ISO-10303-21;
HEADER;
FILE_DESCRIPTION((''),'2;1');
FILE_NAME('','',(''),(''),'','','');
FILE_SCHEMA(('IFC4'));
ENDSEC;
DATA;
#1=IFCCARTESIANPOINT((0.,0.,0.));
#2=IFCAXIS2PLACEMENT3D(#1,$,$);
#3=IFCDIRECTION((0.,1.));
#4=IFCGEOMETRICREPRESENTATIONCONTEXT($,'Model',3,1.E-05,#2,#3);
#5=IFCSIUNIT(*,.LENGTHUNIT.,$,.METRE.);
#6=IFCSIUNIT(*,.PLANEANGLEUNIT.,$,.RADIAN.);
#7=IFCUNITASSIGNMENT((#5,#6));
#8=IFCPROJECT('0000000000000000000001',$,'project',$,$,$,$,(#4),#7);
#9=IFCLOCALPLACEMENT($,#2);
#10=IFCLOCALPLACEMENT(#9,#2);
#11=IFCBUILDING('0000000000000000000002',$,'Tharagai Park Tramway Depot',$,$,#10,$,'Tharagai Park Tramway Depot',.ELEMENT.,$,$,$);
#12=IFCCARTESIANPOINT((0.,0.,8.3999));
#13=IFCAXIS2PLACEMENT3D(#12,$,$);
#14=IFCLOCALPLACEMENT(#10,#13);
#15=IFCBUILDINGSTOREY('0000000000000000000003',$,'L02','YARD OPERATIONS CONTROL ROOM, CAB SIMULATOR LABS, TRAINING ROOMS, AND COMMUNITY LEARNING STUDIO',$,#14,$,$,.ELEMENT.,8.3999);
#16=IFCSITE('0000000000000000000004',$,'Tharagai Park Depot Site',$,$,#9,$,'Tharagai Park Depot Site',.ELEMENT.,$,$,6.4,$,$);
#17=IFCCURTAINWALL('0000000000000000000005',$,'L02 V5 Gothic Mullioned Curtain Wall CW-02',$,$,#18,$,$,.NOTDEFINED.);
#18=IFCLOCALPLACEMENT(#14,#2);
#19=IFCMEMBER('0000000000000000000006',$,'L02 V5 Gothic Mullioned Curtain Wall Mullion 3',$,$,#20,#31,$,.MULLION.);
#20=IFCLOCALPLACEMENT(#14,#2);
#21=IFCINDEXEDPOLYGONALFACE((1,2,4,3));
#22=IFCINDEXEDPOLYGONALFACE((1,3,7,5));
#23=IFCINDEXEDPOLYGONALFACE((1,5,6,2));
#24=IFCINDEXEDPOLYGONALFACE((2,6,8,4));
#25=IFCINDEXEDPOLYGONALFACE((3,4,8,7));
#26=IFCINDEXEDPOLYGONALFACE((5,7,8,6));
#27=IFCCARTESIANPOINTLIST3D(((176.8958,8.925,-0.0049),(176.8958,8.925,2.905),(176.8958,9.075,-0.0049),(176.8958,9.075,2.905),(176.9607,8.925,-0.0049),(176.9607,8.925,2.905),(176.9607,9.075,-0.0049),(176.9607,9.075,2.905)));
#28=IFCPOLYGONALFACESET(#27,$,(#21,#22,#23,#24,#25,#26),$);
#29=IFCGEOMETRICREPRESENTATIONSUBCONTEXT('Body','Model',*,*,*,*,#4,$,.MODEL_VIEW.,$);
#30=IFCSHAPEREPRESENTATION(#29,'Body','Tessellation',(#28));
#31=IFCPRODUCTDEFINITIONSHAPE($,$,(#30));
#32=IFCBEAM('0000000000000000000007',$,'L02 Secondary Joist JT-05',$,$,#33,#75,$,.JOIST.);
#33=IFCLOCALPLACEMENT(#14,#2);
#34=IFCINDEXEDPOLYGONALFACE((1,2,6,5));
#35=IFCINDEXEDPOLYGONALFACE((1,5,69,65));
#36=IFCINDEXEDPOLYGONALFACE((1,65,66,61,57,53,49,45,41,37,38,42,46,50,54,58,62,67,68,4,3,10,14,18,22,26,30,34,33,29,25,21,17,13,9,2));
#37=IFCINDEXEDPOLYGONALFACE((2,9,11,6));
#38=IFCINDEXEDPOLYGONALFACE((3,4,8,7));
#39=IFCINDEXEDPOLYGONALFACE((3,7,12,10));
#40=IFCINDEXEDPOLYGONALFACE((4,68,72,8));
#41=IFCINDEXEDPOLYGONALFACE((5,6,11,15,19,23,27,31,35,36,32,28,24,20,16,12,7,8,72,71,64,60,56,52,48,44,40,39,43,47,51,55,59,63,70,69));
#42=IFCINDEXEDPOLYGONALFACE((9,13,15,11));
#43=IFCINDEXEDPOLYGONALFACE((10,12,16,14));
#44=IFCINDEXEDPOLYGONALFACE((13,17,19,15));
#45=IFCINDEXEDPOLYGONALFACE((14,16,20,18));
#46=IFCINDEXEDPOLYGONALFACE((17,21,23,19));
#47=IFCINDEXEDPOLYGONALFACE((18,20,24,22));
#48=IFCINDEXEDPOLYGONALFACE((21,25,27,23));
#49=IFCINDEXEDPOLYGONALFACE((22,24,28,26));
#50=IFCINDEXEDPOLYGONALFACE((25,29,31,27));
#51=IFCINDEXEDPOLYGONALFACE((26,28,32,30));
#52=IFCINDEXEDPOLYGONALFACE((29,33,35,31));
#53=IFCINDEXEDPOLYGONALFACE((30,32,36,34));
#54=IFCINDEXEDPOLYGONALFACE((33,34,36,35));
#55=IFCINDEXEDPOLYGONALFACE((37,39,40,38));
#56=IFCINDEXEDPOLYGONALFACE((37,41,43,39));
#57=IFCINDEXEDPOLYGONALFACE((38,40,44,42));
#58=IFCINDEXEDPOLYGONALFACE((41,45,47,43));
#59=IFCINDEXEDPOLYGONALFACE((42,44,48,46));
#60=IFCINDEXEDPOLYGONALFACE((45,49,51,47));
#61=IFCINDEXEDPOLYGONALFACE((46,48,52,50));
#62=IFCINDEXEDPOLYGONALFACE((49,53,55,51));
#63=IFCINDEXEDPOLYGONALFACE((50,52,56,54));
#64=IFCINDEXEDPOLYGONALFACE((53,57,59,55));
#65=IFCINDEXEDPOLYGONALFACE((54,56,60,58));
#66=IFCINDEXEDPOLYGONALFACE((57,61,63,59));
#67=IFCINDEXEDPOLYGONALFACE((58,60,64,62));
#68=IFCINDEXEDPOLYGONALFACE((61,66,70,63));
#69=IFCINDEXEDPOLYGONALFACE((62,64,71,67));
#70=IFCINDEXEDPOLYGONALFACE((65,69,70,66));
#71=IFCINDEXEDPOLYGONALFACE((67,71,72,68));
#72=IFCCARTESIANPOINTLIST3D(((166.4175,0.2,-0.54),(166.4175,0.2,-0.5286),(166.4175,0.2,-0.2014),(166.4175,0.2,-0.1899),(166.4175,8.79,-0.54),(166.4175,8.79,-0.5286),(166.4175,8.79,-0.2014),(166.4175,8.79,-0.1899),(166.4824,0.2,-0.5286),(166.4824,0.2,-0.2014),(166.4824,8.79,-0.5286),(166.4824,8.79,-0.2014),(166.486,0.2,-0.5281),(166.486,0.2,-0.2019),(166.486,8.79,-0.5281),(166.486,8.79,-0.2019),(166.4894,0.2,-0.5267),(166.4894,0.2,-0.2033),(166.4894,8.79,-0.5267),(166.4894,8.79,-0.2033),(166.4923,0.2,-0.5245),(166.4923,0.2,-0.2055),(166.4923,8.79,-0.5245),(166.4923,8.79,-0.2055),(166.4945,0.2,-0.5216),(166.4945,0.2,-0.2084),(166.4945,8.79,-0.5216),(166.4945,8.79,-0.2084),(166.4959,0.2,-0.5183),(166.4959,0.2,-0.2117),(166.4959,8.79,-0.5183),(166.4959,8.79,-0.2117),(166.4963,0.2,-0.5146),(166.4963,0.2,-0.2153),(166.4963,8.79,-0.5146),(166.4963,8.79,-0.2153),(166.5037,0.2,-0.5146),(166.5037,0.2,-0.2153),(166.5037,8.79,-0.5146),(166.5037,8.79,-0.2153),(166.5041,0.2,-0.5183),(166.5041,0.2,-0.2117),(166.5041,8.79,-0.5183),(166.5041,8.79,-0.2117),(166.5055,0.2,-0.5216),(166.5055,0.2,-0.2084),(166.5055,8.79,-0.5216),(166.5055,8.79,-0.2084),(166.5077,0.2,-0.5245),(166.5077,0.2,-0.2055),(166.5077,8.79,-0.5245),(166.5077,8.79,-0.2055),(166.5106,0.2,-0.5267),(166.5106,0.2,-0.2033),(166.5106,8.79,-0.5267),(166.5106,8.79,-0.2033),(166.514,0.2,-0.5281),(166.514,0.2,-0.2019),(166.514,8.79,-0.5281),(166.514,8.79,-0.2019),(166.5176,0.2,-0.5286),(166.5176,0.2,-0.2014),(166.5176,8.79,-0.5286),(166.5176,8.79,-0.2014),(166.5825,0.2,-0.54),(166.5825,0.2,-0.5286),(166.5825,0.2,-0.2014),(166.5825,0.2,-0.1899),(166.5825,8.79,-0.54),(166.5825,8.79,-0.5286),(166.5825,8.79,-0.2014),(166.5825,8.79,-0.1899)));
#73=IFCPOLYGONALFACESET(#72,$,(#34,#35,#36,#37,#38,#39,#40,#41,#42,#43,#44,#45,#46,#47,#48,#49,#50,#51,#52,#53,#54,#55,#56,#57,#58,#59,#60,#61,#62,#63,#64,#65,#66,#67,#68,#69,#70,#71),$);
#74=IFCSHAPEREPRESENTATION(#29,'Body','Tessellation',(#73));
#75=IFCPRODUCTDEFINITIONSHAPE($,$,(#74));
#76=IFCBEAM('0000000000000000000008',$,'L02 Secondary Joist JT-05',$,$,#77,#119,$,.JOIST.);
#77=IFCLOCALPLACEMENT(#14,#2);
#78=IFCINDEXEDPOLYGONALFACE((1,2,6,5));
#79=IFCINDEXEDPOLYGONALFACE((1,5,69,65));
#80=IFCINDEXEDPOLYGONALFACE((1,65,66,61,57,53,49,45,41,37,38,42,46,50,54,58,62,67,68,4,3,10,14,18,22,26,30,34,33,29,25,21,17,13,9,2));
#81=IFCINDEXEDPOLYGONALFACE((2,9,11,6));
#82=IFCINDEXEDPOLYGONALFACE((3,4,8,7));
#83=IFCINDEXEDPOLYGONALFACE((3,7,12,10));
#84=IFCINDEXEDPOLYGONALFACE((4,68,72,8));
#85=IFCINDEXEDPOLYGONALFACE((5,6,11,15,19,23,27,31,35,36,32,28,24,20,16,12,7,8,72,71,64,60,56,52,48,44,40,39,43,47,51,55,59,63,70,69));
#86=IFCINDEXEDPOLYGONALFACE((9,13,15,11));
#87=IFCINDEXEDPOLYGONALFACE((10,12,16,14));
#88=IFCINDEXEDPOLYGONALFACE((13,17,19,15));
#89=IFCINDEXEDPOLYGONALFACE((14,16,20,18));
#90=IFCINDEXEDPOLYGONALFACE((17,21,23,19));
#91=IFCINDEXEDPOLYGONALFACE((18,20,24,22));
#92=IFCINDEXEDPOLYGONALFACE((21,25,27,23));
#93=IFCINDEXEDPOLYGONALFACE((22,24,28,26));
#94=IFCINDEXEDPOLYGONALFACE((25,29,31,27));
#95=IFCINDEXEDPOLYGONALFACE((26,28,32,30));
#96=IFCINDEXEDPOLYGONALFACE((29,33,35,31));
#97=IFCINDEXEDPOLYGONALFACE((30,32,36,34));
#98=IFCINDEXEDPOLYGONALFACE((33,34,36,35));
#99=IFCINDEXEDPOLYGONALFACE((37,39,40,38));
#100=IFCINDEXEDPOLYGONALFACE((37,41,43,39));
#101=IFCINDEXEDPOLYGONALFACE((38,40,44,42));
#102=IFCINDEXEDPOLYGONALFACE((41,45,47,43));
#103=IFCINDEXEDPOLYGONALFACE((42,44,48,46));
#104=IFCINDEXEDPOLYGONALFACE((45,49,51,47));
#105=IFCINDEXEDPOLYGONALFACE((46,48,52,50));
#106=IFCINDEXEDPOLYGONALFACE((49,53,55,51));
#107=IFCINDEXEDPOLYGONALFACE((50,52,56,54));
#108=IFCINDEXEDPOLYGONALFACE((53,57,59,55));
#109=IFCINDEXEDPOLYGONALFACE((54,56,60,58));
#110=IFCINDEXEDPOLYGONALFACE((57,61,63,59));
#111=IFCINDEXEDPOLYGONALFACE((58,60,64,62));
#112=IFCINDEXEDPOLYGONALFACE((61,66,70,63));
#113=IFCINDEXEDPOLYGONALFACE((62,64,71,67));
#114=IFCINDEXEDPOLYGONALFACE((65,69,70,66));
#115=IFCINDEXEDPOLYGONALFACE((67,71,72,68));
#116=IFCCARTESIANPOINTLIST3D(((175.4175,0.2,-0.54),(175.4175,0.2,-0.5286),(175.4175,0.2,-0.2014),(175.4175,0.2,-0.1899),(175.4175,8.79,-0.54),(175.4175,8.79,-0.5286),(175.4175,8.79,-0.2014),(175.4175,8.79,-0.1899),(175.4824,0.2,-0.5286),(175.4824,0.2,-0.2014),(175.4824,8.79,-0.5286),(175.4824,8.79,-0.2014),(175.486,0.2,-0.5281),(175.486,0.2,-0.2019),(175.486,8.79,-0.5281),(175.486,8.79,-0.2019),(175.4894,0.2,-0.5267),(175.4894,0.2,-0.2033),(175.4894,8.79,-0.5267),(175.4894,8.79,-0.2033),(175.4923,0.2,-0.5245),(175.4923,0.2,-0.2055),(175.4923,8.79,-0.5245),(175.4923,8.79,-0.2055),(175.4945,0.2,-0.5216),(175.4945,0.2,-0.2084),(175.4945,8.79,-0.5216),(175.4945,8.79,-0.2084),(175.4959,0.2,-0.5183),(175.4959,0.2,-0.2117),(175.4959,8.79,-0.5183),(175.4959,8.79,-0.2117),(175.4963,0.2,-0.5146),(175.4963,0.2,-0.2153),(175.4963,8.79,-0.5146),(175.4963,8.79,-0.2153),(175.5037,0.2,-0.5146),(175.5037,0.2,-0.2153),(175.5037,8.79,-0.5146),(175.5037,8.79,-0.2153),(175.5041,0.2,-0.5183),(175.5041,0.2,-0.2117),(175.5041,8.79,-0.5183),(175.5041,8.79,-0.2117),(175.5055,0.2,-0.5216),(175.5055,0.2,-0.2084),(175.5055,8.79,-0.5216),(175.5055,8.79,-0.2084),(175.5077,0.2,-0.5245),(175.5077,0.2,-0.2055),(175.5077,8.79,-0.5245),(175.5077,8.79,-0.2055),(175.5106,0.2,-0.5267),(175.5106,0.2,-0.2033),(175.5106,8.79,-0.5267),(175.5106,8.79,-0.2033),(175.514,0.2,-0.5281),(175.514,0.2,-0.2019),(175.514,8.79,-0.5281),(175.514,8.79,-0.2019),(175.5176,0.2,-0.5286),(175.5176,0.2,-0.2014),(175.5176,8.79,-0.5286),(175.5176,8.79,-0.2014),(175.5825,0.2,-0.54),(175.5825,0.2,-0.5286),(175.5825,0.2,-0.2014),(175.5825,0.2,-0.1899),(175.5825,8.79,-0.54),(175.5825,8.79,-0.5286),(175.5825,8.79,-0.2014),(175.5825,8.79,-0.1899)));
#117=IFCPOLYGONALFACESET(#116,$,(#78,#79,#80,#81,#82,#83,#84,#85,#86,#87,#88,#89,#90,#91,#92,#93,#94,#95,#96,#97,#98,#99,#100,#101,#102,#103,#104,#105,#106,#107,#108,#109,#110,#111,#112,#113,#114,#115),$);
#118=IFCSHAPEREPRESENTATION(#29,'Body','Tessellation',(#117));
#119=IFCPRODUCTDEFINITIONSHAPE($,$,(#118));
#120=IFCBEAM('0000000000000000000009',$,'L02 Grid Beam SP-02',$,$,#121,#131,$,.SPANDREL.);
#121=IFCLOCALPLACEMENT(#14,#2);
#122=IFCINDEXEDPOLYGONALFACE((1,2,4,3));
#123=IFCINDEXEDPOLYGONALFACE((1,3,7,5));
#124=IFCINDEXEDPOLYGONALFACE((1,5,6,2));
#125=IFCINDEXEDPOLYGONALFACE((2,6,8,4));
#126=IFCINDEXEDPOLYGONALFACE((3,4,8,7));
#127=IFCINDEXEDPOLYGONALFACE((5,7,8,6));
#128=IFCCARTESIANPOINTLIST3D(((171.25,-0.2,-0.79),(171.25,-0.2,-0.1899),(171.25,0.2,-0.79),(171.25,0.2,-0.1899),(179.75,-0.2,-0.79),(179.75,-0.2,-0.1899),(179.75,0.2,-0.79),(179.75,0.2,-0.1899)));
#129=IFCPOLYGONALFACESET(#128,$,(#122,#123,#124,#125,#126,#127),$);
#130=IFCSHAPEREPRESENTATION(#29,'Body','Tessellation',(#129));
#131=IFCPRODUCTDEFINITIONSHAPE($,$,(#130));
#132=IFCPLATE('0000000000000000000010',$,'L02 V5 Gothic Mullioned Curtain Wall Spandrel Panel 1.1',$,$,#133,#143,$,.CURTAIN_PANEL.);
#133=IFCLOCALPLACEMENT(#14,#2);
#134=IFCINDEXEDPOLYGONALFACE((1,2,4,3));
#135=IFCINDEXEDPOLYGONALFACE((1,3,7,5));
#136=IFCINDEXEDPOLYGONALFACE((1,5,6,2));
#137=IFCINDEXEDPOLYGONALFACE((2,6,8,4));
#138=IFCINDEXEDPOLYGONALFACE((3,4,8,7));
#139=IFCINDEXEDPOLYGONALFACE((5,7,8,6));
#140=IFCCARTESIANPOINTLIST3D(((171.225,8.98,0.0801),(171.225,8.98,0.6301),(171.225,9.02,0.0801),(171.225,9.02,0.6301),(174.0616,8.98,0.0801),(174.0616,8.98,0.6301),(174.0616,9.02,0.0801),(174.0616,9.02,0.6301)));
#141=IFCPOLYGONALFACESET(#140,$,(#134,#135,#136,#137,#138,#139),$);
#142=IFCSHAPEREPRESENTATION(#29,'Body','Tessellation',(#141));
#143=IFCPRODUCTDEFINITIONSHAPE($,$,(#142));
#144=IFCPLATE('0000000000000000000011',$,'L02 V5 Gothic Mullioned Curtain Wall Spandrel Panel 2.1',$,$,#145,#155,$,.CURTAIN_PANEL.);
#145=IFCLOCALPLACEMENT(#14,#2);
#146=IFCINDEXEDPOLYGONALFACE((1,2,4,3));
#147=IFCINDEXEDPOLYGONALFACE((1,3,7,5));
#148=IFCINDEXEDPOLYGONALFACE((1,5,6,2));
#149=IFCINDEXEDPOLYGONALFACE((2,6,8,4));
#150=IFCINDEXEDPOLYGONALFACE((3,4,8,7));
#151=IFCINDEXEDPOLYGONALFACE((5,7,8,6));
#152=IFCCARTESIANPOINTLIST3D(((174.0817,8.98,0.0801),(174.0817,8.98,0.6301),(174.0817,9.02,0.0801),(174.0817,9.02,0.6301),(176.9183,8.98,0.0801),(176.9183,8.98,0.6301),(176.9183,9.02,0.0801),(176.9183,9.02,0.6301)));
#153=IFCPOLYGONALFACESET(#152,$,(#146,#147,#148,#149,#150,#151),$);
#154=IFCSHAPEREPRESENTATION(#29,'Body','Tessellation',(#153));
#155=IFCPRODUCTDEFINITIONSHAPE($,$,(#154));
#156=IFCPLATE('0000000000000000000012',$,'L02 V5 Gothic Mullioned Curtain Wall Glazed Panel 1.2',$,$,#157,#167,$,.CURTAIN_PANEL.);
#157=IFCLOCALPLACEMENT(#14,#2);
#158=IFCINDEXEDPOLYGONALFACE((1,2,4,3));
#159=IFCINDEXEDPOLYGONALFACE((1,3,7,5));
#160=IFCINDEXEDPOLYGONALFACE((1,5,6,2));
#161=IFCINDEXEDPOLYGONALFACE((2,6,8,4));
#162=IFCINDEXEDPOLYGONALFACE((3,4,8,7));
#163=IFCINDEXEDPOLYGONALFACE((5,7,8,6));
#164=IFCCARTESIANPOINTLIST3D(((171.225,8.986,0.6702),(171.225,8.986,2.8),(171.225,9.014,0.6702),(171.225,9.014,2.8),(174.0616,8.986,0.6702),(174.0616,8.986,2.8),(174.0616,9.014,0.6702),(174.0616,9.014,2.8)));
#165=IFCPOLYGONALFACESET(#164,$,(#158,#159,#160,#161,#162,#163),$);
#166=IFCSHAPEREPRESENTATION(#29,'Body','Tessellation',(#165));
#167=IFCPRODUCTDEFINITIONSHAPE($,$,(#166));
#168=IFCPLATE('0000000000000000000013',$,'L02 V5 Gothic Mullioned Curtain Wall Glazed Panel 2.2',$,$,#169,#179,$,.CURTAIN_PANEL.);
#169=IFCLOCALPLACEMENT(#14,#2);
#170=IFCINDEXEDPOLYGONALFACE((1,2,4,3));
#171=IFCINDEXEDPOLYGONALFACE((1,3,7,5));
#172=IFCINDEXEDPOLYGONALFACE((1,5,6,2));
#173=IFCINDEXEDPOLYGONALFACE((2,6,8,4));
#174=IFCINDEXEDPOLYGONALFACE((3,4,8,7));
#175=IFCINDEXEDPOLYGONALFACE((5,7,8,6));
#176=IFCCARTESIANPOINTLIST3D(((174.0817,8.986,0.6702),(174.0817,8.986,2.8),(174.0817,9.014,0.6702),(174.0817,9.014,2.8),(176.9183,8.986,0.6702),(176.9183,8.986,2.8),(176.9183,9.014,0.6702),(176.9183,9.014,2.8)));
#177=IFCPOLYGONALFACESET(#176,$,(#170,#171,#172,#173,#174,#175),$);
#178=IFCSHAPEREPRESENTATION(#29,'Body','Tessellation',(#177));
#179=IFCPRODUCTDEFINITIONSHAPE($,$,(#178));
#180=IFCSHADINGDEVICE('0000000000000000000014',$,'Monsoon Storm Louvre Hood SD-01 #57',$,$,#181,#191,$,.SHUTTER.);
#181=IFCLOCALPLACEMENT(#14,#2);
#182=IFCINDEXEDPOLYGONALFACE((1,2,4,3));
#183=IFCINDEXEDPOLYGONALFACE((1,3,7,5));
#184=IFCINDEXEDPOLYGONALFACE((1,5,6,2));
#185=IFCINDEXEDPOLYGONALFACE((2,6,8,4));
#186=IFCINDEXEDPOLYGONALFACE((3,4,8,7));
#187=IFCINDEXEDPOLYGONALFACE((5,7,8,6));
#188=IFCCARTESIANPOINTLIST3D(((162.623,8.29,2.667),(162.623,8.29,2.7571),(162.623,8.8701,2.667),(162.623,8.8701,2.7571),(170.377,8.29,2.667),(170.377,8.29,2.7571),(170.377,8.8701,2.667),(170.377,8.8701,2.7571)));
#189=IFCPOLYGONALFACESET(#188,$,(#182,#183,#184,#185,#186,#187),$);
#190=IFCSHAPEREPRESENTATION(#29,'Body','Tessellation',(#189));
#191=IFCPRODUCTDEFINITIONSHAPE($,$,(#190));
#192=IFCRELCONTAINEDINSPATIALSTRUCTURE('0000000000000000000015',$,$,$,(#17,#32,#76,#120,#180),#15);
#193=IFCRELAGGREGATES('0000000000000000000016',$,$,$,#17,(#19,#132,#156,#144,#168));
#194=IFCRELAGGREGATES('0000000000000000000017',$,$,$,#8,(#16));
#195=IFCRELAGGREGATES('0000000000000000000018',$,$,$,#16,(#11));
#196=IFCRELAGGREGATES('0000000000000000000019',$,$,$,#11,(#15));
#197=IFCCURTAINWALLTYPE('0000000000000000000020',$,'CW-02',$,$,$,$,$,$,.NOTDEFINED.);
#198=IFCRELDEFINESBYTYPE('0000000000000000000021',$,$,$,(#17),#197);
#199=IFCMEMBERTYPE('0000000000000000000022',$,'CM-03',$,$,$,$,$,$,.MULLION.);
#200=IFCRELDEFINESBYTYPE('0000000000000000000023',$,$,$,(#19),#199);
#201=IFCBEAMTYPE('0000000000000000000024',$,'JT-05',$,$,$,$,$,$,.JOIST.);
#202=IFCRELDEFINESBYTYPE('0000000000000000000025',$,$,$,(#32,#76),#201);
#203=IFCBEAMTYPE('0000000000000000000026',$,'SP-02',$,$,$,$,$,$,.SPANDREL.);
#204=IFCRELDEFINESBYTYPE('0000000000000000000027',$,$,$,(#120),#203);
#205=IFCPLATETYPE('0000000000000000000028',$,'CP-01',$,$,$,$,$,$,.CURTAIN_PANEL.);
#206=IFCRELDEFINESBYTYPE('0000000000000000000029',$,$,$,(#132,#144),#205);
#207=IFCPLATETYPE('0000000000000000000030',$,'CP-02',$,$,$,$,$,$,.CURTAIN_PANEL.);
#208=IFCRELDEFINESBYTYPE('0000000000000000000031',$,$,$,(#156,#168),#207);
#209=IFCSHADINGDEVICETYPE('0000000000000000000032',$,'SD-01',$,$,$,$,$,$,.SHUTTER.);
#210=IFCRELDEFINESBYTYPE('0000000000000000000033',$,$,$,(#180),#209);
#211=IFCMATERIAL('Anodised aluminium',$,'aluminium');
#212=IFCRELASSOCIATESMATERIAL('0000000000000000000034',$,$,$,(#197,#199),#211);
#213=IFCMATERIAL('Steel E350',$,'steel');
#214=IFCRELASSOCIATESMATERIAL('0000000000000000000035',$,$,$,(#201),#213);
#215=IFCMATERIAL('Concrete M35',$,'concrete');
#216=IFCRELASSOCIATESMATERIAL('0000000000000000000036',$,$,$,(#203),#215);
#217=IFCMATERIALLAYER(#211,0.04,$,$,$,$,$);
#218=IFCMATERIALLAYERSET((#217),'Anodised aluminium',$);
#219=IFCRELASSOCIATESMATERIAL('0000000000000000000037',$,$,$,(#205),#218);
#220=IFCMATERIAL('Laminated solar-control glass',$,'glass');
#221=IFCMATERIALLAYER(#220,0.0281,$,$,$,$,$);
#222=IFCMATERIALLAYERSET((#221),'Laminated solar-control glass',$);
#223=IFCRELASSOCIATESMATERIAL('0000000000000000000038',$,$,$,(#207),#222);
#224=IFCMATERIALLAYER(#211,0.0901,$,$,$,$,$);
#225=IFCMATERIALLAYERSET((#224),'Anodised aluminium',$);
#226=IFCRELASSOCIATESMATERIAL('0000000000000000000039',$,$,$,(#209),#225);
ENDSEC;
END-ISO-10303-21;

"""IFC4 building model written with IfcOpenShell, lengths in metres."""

from ifc_helpers import new_model, si_unit, direction, frame, origin, origin_2d, place, context, subcontext, project, spatial, rectangle, i_section, extrude, material, layer, layer_set, material_profile, profile_set, type_object, element, aggregate, save


model = new_model("IFC4")

# Units and contexts
model_context = context("Model", 3, precision=1e-05, world=origin(), true_north=direction((0.0, 1.0)))
body_context = subcontext(model_context, "Body", "Model", "MODEL_VIEW")
ifc_project = project(units=[si_unit("LENGTHUNIT", "METRE"), si_unit("PLANEANGLEUNIT", "RADIAN")], contexts=[model_context])

# Site, building, storey
site_placement = place(None, origin())
site = spatial("IfcSite", under=ifc_project, at=site_placement, Name="Tharagai Park Depot Site", LongName="Tharagai Park Depot Site", CompositionType="ELEMENT", RefElevation=6.4)
building_placement = place(site_placement, origin())
building = spatial("IfcBuilding", under=site, at=building_placement, Name="Tharagai Park Tramway Depot", LongName="Tharagai Park Tramway Depot", CompositionType="ELEMENT")
storey_placement = place(building_placement, frame((0.0, 0.0, 8.3999)))
storey = spatial("IfcBuildingStorey", under=building, at=storey_placement, Name="L02", Description="YARD OPERATIONS CONTROL ROOM, CAB SIMULATOR LABS, TRAINING ROOMS, AND COMMUNITY LEARNING STUDIO", CompositionType="ELEMENT", Elevation=8.3999)

# Shared definitions
ifc_material_1 = material(Name="Concrete M35", Category="concrete")

# Curtain wall, member
ifc_material_2 = material(Name="Anodised aluminium", Category="aluminium")
curtain_wall_type = type_object("IfcCurtainWallType", Name="CW-02", PredefinedType="NOTDEFINED", material=ifc_material_2)
curtain_wall_placement = place(storey_placement, origin())
curtain_wall = element("IfcCurtainWall", 1, at=curtain_wall_placement, inside=storey, type_object=curtain_wall_type, Name="L02 V5 Gothic Mullioned Curtain Wall CW-02", PredefinedType="NOTDEFINED")
ifc_material_profile_1 = material_profile(ifc_material_2, rectangle(XDim=0.0649, YDim=0.1499, at=origin_2d()), Name="ALU 65x150")
ifc_profile_set_1 = profile_set([ifc_material_profile_1], Name="Anodised aluminium")
member_type_1 = type_object("IfcMemberType", Name="CM-03", PredefinedType="MULLION", material=ifc_profile_set_1)
member_1_placement = place(storey_placement, frame((176.9282, 9.0, -0.0049), z_axis=(0.0, 0.0, 1.0), x_axis=(1.0, 0.0, 0.0)))
member_1 = element("IfcMember", 2, at=member_1_placement, type_object=member_type_1, Name="L02 V5 Gothic Mullioned Curtain Wall Mullion 3", PredefinedType="MULLION", context=body_context, shape_type="SweptSolid", body=[
    extrude(rectangle(XDim=0.0649, YDim=0.1499, at=origin_2d()), origin(), (0.0, 0.0, 1.0), 2.9099),
])

# Beams
ifc_material_3 = material(Name="Steel E350", Category="steel")
ifc_material_profile_2 = material_profile(ifc_material_3, i_section(OverallWidth=0.165, OverallDepth=0.3501, WebThickness=0.0073, FlangeThickness=0.0115, FilletRadius=0.0139, at=origin_2d()), Name="ISLB 350")
ifc_profile_set_2 = profile_set([ifc_material_profile_2], Name="Steel E350")
beam_type_1 = type_object("IfcBeamType", Name="JT-05", PredefinedType="JOIST", material=ifc_profile_set_2)
for number, where, z_axis, x_axis, name in (
    (3, (166.5, 0.2, -0.365), (0.0, 1.0, 0.0), (-1.0, 0.0, 0.0), "L02 Secondary Joist JT-05"),
    (4, (175.5, 0.2, -0.365), (0.0, 1.0, 0.0), (-1.0, 0.0, 0.0), "L02 Secondary Joist JT-05"),
):
    element("IfcBeam", number, at=place(storey_placement, frame(where, z_axis=z_axis, x_axis=x_axis)), inside=storey, type_object=beam_type_1, Name=name, PredefinedType="JOIST", context=body_context, shape_type="SweptSolid", body=[
        extrude(i_section(OverallWidth=0.165, OverallDepth=0.3501, WebThickness=0.0073, FlangeThickness=0.0115, FilletRadius=0.0139, at=origin_2d()), origin(), (0.0, 0.0, 1.0), 8.5901),
    ])
ifc_material_profile_3 = material_profile(ifc_material_1, rectangle(XDim=0.3999, YDim=0.6001, at=origin_2d()), Name="RC 400x600")
ifc_profile_set_3 = profile_set([ifc_material_profile_3], Name="Concrete M35")
beam_type_2 = type_object("IfcBeamType", Name="SP-02", PredefinedType="SPANDREL", material=ifc_profile_set_3)
beam_1_placement = place(storey_placement, frame((171.25, 0.0, -0.49), z_axis=(1.0, 0.0, 0.0), x_axis=(0.0, 1.0, 0.0)))
element("IfcBeam", 5, at=beam_1_placement, inside=storey, type_object=beam_type_2, Name="L02 Grid Beam SP-02", PredefinedType="SPANDREL", context=body_context, shape_type="SweptSolid", body=[
    extrude(rectangle(XDim=0.3999, YDim=0.6001, at=origin_2d()), origin(), (0.0, 0.0, 1.0), 8.5),
])

# Plates
ifc_layer_1 = layer(ifc_material_2, 0.04)
ifc_layer_set_1 = layer_set([ifc_layer_1], Name="Anodised aluminium")
plate_type_1 = type_object("IfcPlateType", Name="CP-01", PredefinedType="CURTAIN_PANEL", material=ifc_layer_set_1)
plate_1_placement = place(storey_placement, frame((172.6433, 9.0, 0.0801), z_axis=(0.0, 0.0, 1.0), x_axis=(1.0, 0.0, 0.0)))
plate_1 = element("IfcPlate", 6, at=plate_1_placement, type_object=plate_type_1, Name="L02 V5 Gothic Mullioned Curtain Wall Spandrel Panel 1.1", PredefinedType="CURTAIN_PANEL", context=body_context, shape_type="SweptSolid", body=[
    extrude(rectangle(XDim=2.8367, YDim=0.04, at=origin_2d()), origin(), (0.0, 0.0, 1.0), 0.55),
])
plate_2_placement = place(storey_placement, frame((175.5, 9.0, 0.0801), z_axis=(0.0, 0.0, 1.0), x_axis=(1.0, 0.0, 0.0)))
plate_2 = element("IfcPlate", 7, at=plate_2_placement, type_object=plate_type_1, Name="L02 V5 Gothic Mullioned Curtain Wall Spandrel Panel 2.1", PredefinedType="CURTAIN_PANEL", context=body_context, shape_type="SweptSolid", body=[
    extrude(rectangle(XDim=2.8367, YDim=0.04, at=origin_2d()), origin(), (0.0, 0.0, 1.0), 0.55),
])
ifc_material_4 = material(Name="Laminated solar-control glass", Category="glass")
ifc_layer_2 = layer(ifc_material_4, 0.0281)
ifc_layer_set_2 = layer_set([ifc_layer_2], Name="Laminated solar-control glass")
plate_type_2 = type_object("IfcPlateType", Name="CP-02", PredefinedType="CURTAIN_PANEL", material=ifc_layer_set_2)
plate_3_placement = place(storey_placement, frame((172.6433, 9.0, 0.6702), z_axis=(0.0, 0.0, 1.0), x_axis=(1.0, 0.0, 0.0)))
plate_3 = element("IfcPlate", 8, at=plate_3_placement, type_object=plate_type_2, Name="L02 V5 Gothic Mullioned Curtain Wall Glazed Panel 1.2", PredefinedType="CURTAIN_PANEL", context=body_context, shape_type="SweptSolid", body=[
    extrude(rectangle(XDim=2.8367, YDim=0.0281, at=origin_2d()), origin(), (0.0, 0.0, 1.0), 2.1299),
])
plate_4_placement = place(storey_placement, frame((175.5, 9.0, 0.6702), z_axis=(0.0, 0.0, 1.0), x_axis=(1.0, 0.0, 0.0)))
plate_4 = element("IfcPlate", 9, at=plate_4_placement, type_object=plate_type_2, Name="L02 V5 Gothic Mullioned Curtain Wall Glazed Panel 2.2", PredefinedType="CURTAIN_PANEL", context=body_context, shape_type="SweptSolid", body=[
    extrude(rectangle(XDim=2.8367, YDim=0.0281, at=origin_2d()), origin(), (0.0, 0.0, 1.0), 2.1299),
])
aggregate(curtain_wall, [member_1, plate_1, plate_3, plate_2, plate_4])

# Shading device
ifc_layer_3 = layer(ifc_material_2, 0.0901)
ifc_layer_set_3 = layer_set([ifc_layer_3], Name="Anodised aluminium")
shading_device_type_1 = type_object("IfcShadingDeviceType", Name="SD-01", PredefinedType="SHUTTER", material=ifc_layer_set_3)
shading_device_1_placement = place(storey_placement, frame((166.5, 8.5801, 2.667), z_axis=(0.0, 0.0, 1.0), x_axis=(1.0, 0.0, 0.0)))
element("IfcShadingDevice", 10, at=shading_device_1_placement, inside=storey, type_object=shading_device_type_1, Name="Monsoon Storm Louvre Hood SD-01 #57", PredefinedType="SHUTTER", context=body_context, shape_type="SweptSolid", body=[
    extrude(rectangle(XDim=7.7539, YDim=0.5801, at=origin_2d()), origin(), (0.0, 0.0, 1.0), 0.0901),
])

save(model, "model.ifc")
